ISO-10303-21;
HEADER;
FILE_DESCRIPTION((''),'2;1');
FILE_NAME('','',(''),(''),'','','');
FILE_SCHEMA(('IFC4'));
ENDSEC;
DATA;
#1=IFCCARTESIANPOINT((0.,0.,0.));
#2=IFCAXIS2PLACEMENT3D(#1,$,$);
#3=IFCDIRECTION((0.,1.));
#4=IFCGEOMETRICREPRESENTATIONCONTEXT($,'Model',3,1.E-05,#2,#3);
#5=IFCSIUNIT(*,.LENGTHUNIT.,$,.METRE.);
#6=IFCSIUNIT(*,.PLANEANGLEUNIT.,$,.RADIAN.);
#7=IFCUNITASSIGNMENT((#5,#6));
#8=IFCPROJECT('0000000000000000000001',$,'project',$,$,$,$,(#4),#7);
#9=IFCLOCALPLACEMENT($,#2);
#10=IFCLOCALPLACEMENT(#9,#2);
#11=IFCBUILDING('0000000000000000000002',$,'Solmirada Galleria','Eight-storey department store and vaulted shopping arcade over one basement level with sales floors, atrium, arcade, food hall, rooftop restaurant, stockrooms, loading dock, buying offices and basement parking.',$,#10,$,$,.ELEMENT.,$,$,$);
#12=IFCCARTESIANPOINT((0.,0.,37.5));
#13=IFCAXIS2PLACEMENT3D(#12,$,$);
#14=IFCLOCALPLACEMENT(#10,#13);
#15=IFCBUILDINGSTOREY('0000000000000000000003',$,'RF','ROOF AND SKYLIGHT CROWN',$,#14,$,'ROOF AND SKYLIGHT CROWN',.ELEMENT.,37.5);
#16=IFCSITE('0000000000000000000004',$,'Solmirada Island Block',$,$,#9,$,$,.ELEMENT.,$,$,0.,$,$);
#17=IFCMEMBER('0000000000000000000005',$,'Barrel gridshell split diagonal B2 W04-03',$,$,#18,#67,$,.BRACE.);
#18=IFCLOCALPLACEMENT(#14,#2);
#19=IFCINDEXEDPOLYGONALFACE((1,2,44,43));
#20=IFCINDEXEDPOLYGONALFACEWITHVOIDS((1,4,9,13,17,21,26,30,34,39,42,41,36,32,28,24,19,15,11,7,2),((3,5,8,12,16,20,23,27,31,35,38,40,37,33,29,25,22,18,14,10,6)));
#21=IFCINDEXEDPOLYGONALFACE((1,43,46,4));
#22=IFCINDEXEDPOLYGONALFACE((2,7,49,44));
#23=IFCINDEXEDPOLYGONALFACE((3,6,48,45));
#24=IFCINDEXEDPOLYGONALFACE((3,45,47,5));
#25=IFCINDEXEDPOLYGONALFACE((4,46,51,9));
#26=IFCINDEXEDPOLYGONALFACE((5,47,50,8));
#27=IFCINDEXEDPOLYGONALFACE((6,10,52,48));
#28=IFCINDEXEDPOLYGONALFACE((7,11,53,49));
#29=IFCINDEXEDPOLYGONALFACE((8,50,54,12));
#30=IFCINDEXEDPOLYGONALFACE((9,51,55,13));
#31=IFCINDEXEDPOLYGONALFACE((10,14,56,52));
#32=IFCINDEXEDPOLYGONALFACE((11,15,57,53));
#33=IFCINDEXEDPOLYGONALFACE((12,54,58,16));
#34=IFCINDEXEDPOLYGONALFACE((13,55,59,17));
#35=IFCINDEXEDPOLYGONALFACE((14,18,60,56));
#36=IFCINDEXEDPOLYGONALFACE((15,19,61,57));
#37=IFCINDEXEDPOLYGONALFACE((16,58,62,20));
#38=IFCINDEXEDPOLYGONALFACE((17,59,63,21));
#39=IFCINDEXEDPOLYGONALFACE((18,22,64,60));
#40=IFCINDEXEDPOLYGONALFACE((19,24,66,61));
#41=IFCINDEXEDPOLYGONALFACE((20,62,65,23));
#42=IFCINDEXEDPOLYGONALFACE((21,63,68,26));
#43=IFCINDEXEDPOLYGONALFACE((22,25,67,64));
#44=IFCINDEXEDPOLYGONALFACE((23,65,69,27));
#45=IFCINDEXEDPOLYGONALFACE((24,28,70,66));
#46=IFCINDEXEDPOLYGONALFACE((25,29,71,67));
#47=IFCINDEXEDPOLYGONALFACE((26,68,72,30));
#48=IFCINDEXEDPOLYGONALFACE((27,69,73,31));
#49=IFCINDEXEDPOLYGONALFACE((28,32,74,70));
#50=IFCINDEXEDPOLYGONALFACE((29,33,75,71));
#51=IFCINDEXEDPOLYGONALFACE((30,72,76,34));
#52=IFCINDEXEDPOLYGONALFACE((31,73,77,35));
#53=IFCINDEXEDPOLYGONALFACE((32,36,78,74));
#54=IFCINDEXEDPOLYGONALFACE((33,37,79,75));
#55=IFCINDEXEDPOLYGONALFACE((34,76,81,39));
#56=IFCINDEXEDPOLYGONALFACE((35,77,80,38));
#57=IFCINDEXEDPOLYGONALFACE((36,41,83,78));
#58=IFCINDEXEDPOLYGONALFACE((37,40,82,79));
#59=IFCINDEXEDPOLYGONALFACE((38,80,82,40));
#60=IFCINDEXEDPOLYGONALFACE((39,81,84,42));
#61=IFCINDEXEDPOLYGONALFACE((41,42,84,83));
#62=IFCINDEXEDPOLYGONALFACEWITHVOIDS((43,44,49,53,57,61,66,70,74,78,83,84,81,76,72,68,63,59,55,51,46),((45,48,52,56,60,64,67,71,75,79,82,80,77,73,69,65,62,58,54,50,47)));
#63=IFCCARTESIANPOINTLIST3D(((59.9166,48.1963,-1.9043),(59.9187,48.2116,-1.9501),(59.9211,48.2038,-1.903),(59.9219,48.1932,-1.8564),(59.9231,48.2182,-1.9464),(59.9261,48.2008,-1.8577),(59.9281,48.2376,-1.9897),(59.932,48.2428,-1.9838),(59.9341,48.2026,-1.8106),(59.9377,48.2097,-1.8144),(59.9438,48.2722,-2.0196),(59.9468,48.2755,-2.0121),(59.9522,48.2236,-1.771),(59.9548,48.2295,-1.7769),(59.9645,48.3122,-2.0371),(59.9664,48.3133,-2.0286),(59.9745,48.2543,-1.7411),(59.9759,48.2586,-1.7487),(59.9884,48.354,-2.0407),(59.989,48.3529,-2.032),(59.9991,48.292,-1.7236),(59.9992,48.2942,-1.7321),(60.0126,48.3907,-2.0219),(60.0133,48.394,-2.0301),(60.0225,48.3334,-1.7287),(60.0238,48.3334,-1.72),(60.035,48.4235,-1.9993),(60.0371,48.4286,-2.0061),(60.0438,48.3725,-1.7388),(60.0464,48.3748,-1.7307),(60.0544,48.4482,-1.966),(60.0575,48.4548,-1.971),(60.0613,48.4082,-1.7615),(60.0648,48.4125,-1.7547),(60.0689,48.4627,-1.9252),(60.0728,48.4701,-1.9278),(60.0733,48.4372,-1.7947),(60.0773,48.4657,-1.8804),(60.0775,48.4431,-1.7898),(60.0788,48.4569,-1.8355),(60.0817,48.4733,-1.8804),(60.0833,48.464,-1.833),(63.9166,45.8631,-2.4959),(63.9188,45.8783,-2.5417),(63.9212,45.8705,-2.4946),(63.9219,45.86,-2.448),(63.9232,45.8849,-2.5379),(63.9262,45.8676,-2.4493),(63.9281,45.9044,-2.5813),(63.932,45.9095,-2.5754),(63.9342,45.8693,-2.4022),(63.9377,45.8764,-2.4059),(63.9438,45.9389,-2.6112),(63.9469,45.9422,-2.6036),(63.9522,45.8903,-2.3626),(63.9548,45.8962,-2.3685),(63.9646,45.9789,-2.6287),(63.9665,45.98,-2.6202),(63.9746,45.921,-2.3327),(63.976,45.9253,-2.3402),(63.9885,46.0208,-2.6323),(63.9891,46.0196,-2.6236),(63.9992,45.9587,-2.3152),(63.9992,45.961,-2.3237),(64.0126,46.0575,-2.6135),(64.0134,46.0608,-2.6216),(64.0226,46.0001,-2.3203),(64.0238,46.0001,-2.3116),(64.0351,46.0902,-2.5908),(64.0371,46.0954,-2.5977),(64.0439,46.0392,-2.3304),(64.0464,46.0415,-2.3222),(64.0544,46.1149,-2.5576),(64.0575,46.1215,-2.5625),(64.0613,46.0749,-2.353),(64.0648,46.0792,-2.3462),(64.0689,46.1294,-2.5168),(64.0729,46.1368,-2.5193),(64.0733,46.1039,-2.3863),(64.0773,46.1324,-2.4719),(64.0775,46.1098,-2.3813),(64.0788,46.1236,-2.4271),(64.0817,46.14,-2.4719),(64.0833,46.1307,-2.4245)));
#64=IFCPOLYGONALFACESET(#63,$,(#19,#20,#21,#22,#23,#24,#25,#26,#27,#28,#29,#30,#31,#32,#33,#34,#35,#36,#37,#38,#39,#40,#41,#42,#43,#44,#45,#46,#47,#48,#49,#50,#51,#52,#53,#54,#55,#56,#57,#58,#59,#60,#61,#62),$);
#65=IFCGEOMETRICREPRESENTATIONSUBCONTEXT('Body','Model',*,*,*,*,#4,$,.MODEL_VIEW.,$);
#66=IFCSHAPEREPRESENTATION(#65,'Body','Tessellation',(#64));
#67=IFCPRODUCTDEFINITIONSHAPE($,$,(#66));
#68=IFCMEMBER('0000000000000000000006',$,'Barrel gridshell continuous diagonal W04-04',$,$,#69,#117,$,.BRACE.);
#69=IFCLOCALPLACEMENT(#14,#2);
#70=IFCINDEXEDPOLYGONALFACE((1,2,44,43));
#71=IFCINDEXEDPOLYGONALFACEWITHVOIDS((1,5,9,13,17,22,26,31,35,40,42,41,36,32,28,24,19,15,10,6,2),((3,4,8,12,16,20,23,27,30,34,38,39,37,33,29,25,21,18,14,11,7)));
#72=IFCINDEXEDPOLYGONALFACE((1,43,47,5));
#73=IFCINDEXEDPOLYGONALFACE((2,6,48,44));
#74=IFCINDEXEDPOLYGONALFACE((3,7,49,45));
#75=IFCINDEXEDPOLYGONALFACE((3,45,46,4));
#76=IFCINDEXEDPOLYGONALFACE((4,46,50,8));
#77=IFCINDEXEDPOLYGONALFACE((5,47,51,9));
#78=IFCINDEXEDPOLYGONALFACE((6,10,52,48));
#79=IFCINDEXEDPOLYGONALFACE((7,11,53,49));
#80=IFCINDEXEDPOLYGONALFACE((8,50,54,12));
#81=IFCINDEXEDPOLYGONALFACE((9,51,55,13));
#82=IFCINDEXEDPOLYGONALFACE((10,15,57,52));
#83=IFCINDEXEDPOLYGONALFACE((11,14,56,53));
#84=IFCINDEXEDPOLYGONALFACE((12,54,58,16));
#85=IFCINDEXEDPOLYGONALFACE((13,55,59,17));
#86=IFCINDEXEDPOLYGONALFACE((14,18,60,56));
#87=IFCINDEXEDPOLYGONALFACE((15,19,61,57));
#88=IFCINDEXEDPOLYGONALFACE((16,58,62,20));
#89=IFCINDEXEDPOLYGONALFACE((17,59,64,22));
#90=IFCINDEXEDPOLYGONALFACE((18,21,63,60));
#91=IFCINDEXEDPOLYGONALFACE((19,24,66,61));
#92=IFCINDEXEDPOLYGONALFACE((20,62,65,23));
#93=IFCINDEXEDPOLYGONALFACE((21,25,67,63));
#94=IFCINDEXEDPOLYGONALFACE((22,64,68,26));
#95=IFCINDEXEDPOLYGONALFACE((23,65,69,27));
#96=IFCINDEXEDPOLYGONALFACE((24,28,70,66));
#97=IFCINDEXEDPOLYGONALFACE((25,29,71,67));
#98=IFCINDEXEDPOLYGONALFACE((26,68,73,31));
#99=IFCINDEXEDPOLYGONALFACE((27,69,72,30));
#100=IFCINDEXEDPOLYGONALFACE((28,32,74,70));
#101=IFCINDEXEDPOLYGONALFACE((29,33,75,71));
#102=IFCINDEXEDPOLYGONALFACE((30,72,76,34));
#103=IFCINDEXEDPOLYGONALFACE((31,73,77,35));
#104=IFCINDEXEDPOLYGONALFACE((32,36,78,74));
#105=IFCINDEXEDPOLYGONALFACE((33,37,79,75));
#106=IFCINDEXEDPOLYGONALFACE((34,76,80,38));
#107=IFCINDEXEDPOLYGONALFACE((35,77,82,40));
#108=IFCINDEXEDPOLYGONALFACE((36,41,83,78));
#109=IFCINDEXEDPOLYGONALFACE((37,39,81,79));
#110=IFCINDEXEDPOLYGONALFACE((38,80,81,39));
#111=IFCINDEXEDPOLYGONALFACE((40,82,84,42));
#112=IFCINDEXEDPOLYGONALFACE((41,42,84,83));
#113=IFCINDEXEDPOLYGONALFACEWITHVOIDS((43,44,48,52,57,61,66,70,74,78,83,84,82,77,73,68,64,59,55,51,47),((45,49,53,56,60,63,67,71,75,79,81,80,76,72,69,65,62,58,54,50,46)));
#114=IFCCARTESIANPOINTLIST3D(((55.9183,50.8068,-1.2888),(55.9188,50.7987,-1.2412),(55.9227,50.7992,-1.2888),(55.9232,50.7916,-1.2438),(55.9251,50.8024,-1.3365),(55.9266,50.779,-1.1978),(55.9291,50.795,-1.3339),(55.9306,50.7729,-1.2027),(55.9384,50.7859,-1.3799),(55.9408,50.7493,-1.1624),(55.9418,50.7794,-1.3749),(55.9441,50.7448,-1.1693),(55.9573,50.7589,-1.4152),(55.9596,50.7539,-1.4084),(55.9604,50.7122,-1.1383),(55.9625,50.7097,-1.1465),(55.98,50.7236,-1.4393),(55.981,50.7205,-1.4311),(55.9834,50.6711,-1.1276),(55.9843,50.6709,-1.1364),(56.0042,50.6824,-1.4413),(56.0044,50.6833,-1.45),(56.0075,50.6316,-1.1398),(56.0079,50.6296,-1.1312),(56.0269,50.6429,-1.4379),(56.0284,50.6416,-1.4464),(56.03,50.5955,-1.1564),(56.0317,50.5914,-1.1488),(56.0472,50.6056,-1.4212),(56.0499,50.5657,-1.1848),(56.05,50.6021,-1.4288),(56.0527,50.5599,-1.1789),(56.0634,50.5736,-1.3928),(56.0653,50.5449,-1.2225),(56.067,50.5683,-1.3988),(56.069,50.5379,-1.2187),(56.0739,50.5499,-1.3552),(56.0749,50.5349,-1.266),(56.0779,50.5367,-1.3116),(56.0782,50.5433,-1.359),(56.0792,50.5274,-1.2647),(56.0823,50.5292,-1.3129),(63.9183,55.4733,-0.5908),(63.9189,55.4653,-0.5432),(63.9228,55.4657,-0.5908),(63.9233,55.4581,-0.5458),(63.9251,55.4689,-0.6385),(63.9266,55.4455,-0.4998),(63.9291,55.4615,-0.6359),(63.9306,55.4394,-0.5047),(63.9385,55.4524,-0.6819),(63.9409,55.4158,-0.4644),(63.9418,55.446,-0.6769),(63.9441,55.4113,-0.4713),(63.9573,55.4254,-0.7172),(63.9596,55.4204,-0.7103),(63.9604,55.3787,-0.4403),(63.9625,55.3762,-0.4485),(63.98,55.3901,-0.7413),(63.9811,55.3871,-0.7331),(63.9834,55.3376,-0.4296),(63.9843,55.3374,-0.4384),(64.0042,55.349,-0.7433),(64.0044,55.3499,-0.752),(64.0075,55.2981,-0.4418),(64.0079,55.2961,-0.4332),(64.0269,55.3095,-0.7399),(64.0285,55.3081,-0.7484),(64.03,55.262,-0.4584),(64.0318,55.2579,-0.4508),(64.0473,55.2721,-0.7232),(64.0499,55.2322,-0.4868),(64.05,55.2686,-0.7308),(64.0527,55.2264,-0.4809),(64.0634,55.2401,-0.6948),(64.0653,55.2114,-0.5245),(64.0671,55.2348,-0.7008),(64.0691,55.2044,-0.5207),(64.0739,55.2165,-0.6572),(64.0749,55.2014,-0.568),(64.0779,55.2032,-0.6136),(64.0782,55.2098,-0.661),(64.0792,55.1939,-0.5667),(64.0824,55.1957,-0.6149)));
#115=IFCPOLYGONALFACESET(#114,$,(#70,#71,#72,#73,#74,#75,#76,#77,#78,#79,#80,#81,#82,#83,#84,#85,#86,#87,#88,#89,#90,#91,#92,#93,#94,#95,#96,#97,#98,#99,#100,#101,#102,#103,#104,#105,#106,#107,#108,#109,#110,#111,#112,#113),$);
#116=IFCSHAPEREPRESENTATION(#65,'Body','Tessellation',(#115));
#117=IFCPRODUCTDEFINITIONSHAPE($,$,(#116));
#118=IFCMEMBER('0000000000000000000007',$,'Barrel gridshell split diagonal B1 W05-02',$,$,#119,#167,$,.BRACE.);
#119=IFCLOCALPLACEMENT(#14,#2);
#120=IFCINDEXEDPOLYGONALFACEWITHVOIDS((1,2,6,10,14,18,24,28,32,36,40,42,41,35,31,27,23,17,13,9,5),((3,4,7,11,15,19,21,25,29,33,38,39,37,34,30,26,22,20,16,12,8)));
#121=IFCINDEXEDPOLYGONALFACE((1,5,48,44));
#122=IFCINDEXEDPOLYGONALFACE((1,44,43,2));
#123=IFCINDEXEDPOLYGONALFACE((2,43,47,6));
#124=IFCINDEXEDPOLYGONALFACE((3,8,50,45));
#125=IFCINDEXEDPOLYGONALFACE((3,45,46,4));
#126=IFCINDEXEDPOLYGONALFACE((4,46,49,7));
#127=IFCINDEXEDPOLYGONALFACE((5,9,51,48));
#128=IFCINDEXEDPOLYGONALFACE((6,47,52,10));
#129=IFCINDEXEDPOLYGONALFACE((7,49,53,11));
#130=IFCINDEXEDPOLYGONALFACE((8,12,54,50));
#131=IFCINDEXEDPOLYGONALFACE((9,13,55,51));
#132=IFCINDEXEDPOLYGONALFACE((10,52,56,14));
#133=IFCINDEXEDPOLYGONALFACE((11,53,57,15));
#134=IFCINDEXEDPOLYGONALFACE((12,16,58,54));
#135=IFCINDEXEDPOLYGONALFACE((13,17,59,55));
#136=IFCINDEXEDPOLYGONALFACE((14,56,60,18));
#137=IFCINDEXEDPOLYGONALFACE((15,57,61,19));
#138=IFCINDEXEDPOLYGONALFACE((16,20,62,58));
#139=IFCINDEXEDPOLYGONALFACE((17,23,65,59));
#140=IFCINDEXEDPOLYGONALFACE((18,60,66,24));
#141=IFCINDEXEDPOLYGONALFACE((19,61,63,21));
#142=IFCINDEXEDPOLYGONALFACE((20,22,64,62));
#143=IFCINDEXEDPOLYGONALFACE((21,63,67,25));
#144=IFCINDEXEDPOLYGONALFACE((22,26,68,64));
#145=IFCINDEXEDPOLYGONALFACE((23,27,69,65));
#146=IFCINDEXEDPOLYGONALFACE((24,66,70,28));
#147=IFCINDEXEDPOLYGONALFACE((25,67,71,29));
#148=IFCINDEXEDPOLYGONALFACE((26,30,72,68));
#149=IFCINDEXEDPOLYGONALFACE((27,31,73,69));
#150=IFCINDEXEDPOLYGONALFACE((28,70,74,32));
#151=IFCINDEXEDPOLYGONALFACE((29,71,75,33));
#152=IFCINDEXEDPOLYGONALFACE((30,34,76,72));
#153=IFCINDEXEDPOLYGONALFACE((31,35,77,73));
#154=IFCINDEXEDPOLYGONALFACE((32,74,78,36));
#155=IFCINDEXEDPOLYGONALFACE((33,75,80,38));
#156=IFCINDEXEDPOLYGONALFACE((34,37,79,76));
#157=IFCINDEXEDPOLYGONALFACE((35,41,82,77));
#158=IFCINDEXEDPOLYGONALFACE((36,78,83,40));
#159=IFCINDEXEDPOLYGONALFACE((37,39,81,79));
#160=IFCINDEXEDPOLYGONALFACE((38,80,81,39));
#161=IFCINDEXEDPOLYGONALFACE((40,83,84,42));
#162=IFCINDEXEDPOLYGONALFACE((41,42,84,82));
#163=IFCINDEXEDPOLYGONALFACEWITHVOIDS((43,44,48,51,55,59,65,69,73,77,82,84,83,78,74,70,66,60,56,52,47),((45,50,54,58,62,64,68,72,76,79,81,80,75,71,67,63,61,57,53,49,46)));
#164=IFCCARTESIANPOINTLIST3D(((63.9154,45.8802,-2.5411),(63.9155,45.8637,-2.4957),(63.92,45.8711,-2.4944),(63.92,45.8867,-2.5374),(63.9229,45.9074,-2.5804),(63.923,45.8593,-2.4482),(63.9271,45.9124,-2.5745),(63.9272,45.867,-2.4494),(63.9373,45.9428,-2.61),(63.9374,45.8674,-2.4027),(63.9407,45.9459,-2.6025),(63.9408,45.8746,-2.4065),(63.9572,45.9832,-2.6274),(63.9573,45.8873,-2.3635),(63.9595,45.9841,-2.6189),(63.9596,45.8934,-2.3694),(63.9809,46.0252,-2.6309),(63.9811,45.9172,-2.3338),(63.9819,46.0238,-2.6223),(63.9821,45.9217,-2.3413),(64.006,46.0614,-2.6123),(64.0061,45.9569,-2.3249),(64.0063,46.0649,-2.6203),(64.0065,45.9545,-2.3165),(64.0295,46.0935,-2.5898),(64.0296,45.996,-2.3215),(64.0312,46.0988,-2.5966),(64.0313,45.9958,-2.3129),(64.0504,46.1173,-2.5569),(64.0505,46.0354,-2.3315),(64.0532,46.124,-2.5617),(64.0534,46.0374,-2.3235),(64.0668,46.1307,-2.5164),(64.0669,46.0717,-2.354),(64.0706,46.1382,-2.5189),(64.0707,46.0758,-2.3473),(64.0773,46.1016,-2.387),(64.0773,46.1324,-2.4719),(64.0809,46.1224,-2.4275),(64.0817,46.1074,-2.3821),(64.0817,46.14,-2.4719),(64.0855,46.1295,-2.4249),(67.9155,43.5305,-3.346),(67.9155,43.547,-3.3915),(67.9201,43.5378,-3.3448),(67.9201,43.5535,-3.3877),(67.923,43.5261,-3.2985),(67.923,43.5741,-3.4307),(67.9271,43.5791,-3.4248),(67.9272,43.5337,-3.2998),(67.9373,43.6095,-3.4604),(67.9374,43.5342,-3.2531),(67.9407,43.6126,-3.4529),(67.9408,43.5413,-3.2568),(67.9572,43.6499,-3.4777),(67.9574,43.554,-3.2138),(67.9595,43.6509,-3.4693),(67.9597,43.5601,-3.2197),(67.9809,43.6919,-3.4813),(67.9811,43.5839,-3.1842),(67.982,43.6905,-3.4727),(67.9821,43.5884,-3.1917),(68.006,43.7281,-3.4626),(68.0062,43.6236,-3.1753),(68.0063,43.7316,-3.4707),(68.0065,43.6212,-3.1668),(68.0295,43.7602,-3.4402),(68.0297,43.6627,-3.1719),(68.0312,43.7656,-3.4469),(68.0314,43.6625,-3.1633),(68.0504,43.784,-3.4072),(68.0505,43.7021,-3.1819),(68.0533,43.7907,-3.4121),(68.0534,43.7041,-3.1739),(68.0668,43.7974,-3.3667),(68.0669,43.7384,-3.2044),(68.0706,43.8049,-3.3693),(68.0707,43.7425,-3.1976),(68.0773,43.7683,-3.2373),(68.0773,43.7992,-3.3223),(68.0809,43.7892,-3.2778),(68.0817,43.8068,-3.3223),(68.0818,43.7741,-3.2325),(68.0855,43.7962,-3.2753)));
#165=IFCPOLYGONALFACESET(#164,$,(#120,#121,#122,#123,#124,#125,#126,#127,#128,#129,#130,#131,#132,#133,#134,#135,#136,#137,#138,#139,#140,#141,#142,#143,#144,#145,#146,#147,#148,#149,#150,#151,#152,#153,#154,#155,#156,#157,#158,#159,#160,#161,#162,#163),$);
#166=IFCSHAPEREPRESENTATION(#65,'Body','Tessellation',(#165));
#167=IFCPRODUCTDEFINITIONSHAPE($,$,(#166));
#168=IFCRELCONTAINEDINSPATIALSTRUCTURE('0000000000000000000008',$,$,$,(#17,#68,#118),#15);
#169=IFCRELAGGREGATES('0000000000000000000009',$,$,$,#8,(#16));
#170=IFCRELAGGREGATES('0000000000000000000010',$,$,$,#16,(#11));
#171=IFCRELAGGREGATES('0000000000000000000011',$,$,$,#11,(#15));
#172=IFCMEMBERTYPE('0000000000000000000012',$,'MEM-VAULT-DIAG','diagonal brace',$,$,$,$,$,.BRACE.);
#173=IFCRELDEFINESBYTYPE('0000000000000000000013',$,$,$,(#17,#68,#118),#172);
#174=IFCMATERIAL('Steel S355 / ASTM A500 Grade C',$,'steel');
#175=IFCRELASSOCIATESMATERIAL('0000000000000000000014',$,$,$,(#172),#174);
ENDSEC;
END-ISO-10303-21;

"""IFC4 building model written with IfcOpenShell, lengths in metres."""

from ifc_helpers import new_model, si_unit, direction, frame, origin, origin_2d, place, context, subcontext, project, spatial, hollow_circle, extrude, material, material_profile, profile_set, type_object, element, save


model = new_model("IFC4")

# Units and contexts
model_context = context("Model", 3, precision=1e-05, world=origin(), true_north=direction((0.0, 1.0)))
body_context = subcontext(model_context, "Body", "Model", "MODEL_VIEW")
ifc_project = project(units=[si_unit("LENGTHUNIT", "METRE"), si_unit("PLANEANGLEUNIT", "RADIAN")], contexts=[model_context])

# Site, building, storey
site_placement = place(None, origin())
site = spatial("IfcSite", under=ifc_project, at=site_placement, Name="Solmirada Island Block", CompositionType="ELEMENT", RefElevation=0.0)
building_placement = place(site_placement, origin())
building = spatial("IfcBuilding", under=site, at=building_placement, Name="Solmirada Galleria", Description="Eight-storey department store and vaulted shopping arcade over one basement level with sales floors, atrium, arcade, food hall, rooftop restaurant, stockrooms, loading dock, buying offices and basement parking.", CompositionType="ELEMENT")
storey_placement = place(building_placement, frame((0.0, 0.0, 37.5)))
storey = spatial("IfcBuildingStorey", under=building, at=storey_placement, Name="RF", Description="ROOF AND SKYLIGHT CROWN", LongName="ROOF AND SKYLIGHT CROWN", CompositionType="ELEMENT", Elevation=37.5)

# Members
ifc_material_1 = material(Name="Steel S355 / ASTM A500 Grade C", Category="steel")
ifc_material_profile_1 = material_profile(ifc_material_1, hollow_circle(Radius=0.1621, WallThickness=0.0088, at=origin_2d()), Name="HSS12.750X0.375")
ifc_profile_set_1 = profile_set([ifc_material_profile_1], Name="Steel S355 / ASTM A500 Grade C")
member_type_1 = type_object("IfcMemberType", Name="MEM-VAULT-DIAG", Description="diagonal brace", PredefinedType="BRACE", material=ifc_profile_set_1)
for number, where, z_axis, x_axis, name in (
    (1, (60.0, 48.3333, -1.8804), (0.856824, -0.499796, -0.126714), (0.503858, 0.863787, 0.0), "Barrel gridshell split diagonal B2 W04-03"),
):
    element("IfcMember", number, at=place(storey_placement, frame(where, z_axis=z_axis, x_axis=x_axis)), inside=storey, type_object=member_type_1, Name=name, PredefinedType="BRACE", context=body_context, shape_type="SweptSolid", body=[
        extrude(hollow_circle(Radius=0.1621, WallThickness=0.0088, at=origin_2d()), origin(), (0.0, 0.0, 1.0), 4.6685),
    ])
member_1_placement = place(storey_placement, frame((56.0, 50.6667, -1.2888), z_axis=(0.861344, 0.502433, 0.075152), x_axis=(-0.503858, 0.863787, 0.0)))
element("IfcMember", 2, at=member_1_placement, inside=storey, type_object=member_type_1, Name="Barrel gridshell continuous diagonal W04-04", PredefinedType="BRACE", context=body_context, shape_type="SweptSolid", body=[
    extrude(hollow_circle(Radius=0.1621, WallThickness=0.0088, at=origin_2d()), origin(), (0.0, 0.0, 1.0), 9.2878),
])
member_2_placement = place(storey_placement, frame((64.0, 46.0, -2.4719), z_axis=(0.849582, -0.495572, -0.180609), x_axis=(0.503858, 0.863787, 0.0)))
element("IfcMember", 3, at=member_2_placement, inside=storey, type_object=member_type_1, Name="Barrel gridshell split diagonal B1 W05-02", PredefinedType="BRACE", context=body_context, shape_type="SweptSolid", body=[
    extrude(hollow_circle(Radius=0.1621, WallThickness=0.0088, at=origin_2d()), origin(), (0.0, 0.0, 1.0), 4.7083),
])

save(model, "model.ifc")
